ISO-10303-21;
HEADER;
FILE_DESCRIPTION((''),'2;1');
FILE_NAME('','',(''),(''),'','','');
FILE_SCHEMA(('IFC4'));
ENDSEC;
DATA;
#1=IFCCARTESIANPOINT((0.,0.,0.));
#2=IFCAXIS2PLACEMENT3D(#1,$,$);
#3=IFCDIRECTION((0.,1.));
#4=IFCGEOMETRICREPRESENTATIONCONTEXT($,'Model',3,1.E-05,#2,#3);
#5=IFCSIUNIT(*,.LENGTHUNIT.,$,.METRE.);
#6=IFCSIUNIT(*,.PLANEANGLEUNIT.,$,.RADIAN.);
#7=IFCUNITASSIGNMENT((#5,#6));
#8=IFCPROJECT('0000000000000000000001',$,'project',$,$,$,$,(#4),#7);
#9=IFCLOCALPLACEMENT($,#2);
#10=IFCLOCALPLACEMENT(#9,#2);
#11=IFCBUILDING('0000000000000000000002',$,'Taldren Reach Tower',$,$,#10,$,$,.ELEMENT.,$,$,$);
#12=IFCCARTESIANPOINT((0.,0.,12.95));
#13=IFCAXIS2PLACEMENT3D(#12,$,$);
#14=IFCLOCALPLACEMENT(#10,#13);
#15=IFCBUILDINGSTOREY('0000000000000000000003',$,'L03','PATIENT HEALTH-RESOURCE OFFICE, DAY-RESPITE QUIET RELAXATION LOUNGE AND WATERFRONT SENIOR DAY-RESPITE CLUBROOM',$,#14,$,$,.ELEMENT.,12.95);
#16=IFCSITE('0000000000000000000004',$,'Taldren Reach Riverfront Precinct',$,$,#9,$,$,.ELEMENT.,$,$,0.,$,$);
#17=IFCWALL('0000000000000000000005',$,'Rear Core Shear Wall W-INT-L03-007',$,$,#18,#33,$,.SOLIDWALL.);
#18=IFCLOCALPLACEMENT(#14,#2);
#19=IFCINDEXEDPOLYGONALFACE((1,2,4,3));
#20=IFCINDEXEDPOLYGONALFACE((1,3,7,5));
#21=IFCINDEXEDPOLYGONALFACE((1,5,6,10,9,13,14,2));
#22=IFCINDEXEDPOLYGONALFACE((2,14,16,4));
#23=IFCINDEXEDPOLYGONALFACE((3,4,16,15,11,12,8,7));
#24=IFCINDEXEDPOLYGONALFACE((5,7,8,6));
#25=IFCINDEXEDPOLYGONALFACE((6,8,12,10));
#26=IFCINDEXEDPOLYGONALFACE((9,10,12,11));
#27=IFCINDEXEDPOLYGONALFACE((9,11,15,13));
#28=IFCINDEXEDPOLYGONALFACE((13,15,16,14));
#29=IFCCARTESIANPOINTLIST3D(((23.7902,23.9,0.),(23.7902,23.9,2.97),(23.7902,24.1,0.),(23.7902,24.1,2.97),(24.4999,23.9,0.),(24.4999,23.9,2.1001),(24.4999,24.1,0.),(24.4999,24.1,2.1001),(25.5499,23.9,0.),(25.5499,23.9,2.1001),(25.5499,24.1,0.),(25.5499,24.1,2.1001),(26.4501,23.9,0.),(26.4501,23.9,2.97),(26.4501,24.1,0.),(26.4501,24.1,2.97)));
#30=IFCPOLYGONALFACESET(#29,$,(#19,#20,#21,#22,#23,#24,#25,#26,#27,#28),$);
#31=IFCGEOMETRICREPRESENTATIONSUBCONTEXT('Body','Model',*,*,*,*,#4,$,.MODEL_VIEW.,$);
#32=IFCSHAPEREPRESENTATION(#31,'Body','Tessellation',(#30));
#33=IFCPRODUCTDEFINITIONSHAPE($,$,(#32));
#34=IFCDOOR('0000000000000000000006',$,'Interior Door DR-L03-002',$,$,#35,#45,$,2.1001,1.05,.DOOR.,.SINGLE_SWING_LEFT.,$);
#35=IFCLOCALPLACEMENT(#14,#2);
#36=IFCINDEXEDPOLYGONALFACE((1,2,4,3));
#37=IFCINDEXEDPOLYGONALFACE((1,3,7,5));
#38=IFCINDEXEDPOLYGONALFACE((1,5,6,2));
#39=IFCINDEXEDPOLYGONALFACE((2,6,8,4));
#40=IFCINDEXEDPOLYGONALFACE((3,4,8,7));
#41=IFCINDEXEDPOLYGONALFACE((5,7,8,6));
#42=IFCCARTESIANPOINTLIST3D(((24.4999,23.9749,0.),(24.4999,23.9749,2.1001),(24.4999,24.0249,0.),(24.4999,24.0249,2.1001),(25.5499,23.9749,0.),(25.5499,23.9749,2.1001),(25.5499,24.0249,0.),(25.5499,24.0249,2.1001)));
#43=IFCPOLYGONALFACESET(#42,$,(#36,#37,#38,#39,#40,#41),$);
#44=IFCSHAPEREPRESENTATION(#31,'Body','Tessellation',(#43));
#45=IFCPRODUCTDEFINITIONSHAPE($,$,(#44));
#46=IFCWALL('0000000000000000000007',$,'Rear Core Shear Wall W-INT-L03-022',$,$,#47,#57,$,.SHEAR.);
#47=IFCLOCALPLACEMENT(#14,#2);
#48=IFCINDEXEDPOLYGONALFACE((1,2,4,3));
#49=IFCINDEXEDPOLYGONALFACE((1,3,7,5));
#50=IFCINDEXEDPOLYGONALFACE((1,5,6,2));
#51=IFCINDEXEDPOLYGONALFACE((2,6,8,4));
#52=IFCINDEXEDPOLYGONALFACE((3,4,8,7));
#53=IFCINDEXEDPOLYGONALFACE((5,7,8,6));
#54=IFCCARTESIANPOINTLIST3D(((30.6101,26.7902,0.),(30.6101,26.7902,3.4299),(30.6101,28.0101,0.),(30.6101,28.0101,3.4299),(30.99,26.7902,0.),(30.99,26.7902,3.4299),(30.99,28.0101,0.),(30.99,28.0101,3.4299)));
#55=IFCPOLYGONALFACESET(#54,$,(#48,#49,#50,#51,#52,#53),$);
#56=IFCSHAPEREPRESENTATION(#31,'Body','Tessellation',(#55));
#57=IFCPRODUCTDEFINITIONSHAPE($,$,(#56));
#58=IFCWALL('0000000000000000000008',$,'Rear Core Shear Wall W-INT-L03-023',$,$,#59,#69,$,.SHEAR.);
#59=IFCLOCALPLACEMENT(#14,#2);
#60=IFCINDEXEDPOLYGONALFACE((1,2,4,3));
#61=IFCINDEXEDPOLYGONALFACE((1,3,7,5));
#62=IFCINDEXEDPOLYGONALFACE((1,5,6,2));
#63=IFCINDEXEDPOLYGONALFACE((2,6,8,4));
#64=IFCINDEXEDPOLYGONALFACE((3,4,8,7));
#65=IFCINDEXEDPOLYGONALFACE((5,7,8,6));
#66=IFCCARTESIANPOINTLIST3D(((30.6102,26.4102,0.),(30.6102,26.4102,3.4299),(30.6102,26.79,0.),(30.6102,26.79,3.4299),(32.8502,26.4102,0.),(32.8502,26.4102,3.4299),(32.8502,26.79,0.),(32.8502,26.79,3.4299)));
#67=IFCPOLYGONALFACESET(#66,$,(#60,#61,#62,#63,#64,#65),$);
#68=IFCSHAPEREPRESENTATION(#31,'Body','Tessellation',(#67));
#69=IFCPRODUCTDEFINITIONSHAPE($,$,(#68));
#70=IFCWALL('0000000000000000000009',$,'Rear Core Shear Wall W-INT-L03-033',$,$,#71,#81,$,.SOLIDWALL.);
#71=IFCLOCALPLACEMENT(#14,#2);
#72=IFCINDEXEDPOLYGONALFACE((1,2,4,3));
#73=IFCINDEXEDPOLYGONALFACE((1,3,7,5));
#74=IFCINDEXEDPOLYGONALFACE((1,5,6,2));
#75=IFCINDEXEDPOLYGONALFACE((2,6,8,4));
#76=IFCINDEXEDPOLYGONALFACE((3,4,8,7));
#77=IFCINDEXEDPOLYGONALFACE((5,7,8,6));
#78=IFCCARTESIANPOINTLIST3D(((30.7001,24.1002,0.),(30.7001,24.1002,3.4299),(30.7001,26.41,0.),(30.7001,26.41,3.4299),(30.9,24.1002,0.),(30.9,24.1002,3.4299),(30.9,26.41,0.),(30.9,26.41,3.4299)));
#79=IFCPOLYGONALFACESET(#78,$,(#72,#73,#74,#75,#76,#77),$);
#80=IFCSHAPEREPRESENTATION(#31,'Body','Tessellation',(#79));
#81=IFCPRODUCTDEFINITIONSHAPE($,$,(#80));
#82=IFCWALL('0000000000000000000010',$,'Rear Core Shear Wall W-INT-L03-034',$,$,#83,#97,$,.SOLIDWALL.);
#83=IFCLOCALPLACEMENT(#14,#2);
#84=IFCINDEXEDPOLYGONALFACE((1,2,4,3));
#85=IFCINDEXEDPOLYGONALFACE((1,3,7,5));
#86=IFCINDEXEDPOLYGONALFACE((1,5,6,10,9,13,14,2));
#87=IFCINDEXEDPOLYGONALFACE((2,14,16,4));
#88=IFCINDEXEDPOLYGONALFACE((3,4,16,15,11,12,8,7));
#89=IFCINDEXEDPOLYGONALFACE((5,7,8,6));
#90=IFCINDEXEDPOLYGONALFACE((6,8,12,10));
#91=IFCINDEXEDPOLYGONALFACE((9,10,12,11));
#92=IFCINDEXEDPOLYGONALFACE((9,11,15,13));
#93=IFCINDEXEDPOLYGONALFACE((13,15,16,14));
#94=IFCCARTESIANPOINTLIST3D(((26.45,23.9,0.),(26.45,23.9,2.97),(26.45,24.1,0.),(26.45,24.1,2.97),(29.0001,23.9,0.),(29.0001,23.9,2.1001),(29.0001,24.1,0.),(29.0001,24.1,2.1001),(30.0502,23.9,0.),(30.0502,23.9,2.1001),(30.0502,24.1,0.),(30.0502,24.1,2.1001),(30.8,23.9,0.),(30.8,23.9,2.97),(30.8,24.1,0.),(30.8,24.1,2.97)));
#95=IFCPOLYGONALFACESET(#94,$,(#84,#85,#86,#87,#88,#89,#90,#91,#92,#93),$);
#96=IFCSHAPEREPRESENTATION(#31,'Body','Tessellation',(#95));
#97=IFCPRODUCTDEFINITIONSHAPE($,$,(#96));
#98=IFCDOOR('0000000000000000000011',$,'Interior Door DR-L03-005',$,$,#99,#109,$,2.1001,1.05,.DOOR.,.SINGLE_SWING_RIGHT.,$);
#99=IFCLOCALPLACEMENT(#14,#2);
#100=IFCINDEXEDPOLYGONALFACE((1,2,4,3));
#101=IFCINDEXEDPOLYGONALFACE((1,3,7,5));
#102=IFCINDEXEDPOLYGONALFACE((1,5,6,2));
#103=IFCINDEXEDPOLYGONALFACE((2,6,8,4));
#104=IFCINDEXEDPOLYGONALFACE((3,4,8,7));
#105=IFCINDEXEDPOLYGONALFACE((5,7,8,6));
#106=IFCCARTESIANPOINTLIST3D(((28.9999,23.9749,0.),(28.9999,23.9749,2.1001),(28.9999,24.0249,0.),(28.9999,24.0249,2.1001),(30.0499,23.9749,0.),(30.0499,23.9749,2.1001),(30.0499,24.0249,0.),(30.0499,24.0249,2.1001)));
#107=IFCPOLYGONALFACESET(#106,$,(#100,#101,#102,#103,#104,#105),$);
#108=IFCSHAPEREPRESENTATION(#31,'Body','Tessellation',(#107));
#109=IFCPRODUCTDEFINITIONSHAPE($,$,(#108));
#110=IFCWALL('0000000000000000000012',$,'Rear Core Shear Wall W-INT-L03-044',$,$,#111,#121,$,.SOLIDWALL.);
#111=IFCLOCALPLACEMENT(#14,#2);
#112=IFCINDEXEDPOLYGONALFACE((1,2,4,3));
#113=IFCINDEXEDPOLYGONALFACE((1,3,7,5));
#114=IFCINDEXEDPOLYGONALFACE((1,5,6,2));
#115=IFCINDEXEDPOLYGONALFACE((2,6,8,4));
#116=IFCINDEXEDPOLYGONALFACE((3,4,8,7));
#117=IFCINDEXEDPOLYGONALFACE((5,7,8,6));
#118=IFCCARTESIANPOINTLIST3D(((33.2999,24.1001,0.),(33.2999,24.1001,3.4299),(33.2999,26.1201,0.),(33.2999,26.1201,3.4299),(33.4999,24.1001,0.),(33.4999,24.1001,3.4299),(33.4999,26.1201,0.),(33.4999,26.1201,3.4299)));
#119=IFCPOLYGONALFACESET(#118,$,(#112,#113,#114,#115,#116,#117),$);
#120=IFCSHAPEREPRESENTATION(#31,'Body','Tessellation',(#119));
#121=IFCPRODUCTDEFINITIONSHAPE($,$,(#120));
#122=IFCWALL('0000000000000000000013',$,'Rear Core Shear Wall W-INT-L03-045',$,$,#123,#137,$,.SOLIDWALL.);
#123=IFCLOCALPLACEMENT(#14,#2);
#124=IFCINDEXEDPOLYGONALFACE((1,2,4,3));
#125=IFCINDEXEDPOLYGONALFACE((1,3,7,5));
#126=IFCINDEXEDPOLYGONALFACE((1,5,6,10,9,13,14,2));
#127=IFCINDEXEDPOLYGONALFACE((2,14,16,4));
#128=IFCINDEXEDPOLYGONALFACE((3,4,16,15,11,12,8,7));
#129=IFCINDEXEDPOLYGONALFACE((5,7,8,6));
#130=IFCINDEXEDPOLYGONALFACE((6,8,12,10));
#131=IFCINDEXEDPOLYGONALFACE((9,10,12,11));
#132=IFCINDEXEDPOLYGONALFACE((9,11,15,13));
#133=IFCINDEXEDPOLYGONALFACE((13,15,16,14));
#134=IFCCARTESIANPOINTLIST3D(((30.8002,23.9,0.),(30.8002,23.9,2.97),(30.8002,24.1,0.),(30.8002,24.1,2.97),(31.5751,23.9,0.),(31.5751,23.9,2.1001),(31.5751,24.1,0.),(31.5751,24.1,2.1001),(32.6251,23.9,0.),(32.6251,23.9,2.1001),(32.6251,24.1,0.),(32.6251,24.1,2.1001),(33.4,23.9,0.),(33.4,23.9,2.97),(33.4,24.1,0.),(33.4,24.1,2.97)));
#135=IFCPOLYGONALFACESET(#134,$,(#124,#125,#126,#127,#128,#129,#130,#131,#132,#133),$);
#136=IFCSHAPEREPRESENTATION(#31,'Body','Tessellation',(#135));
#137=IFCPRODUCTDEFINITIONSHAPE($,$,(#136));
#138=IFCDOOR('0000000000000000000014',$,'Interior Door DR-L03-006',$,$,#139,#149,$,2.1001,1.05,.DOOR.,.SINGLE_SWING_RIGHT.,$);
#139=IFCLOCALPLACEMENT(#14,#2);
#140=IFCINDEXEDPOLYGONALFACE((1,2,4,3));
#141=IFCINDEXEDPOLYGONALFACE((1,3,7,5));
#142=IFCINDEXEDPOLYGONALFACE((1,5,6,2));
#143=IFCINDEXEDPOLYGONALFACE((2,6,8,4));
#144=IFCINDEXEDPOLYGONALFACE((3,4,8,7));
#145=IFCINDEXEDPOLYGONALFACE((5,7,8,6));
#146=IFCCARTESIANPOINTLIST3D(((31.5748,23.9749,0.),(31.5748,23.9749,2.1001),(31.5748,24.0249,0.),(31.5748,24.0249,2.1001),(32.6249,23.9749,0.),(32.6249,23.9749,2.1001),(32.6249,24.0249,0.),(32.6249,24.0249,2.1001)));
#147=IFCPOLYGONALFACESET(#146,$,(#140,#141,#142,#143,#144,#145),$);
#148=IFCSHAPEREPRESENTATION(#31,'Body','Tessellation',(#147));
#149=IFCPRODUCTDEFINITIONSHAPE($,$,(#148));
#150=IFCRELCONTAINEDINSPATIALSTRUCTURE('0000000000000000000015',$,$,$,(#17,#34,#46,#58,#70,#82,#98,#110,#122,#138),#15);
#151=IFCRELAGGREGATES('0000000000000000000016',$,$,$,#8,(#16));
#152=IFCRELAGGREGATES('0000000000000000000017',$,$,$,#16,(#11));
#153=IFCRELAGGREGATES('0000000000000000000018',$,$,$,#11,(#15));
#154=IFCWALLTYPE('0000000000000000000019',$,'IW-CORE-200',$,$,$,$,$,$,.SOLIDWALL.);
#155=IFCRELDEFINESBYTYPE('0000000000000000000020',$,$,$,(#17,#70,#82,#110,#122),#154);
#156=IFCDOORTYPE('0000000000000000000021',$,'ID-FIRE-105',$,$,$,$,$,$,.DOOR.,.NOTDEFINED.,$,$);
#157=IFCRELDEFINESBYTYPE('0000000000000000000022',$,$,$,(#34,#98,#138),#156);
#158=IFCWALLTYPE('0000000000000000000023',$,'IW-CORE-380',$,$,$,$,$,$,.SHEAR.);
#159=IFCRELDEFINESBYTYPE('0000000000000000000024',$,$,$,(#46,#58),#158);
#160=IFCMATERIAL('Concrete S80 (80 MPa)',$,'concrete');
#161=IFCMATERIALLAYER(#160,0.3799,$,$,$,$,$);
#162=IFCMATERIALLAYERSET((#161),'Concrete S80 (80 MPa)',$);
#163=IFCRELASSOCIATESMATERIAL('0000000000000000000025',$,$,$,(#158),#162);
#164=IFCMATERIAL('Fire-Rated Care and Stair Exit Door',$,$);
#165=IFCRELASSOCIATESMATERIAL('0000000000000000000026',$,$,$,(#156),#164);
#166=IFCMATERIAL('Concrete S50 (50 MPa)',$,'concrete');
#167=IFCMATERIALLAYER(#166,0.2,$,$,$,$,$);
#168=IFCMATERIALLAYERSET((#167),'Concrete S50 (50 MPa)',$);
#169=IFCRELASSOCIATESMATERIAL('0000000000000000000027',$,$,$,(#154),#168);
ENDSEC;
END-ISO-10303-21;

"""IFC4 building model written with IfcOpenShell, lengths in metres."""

from ifc_helpers import new_model, si_unit, direction, frame, frame_2d, origin, place, context, subcontext, project, spatial, rectangle, extrude, source, transform, mapped, material, layer, layer_set, type_object, element, fill, save


model = new_model("IFC4")

# Units and contexts
model_context = context("Model", 3, precision=1e-05, world=origin(), true_north=direction((0.0, 1.0)))
body_context = subcontext(model_context, "Body", "Model", "MODEL_VIEW")
ifc_project = project(units=[si_unit("LENGTHUNIT", "METRE"), si_unit("PLANEANGLEUNIT", "RADIAN")], contexts=[model_context])

# Site, building, storey
site_placement = place(None, origin())
site = spatial("IfcSite", under=ifc_project, at=site_placement, Name="Taldren Reach Riverfront Precinct", CompositionType="ELEMENT", RefElevation=0.0)
building_placement = place(site_placement, origin())
building = spatial("IfcBuilding", under=site, at=building_placement, Name="Taldren Reach Tower", CompositionType="ELEMENT")
storey_placement = place(building_placement, frame((0.0, 0.0, 12.95)))
storey = spatial("IfcBuildingStorey", under=building, at=storey_placement, Name="L03", Description="PATIENT HEALTH-RESOURCE OFFICE, DAY-RESPITE QUIET RELAXATION LOUNGE AND WATERFRONT SENIOR DAY-RESPITE CLUBROOM", CompositionType="ELEMENT", Elevation=12.95)

# Shared definitions
ifc_material_1 = material(Name="Concrete S80 (80 MPa)", Category="concrete")
ifc_layer_1 = layer(ifc_material_1, 0.3799)
ifc_layer_set_1 = layer_set([ifc_layer_1], Name="Concrete S80 (80 MPa)")
wall_type_1 = type_object("IfcWallType", Name="IW-CORE-380", PredefinedType="SHEAR", material=ifc_layer_set_1)

# Shared definitions
ifc_material_2 = material(Name="Fire-Rated Care and Stair Exit Door")
door_type = type_object("IfcDoorType", Name="ID-FIRE-105", OperationType="NOTDEFINED", PredefinedType="DOOR", material=ifc_material_2)
shared_shape_1 = source(origin(), body_context, "Body", "SweptSolid", [
    extrude(rectangle(XDim=1.05, YDim=2.1001, at=frame_2d((0.5249, 1.05))), frame((0.0, 0.0249, 0.0), z_axis=(0.0, -1.0, 0.0), x_axis=(1.0, 0.0, 0.0)), (0.0, 0.0, 1.0), 0.05),
])

# Shared definitions
ifc_material_3 = material(Name="Concrete S50 (50 MPa)", Category="concrete")
ifc_layer_2 = layer(ifc_material_3, 0.2)
ifc_layer_set_2 = layer_set([ifc_layer_2], Name="Concrete S50 (50 MPa)")
wall_type_2 = type_object("IfcWallType", Name="IW-CORE-200", PredefinedType="SOLIDWALL", material=ifc_layer_set_2)

# Wall, opening, door
shared_shape_2 = source(origin(), body_context, "Body", "SweptSolid", [
    extrude(rectangle(XDim=2.6599, YDim=0.2, at=frame_2d((1.3301, 0.0))), origin(), (0.0, 0.0, 1.0), 2.97),
])
wall_1_placement = place(storey_placement, frame((23.79, 24.0, 0.0), z_axis=(0.0, 0.0, 1.0), x_axis=(1.0, 0.0, 0.0)))
wall_1 = element("IfcWall", 1, at=wall_1_placement, inside=storey, type_object=wall_type_2, Name="Rear Core Shear Wall W-INT-L03-007", PredefinedType="SOLIDWALL", context=body_context, shape_type="MappedRepresentation", body=[
    mapped(shared_shape_2, transform((0.0, 0.0, 0.0), scale=1.0)),
])
shared_shape_3 = source(origin(), body_context, "Body", "SweptSolid", [
    extrude(rectangle(XDim=1.05, YDim=2.1001, at=frame_2d((0.5249, 1.05))), frame((0.0, 0.1099, 0.0), z_axis=(0.0, -1.0, 0.0), x_axis=(1.0, 0.0, 0.0)), (0.0, 0.0, 1.0), 0.22),
])
opening_1_placement = place(wall_1_placement, frame((0.71, 0.0, 0.0)))
opening_1 = element("IfcOpeningElement", 2, at=opening_1_placement, cuts=wall_1, PredefinedType="OPENING", context=body_context, shape_type="MappedRepresentation", body=[
    mapped(shared_shape_3, transform((0.0, 0.0, 0.0), scale=1.0)),
])
door_1_placement = place(opening_1_placement, origin())
door_1 = element("IfcDoor", 3, at=door_1_placement, inside=storey, type_object=door_type, Name="Interior Door DR-L03-002", OperationType="SINGLE_SWING_LEFT", OverallHeight=2.1001, OverallWidth=1.05, PredefinedType="DOOR", context=body_context, shape_type="MappedRepresentation", body=[
    mapped(shared_shape_1, transform((0.0, 0.0, 0.0), scale=1.0)),
])
fill(opening_1, door_1)

# Walls
shared_shape_4 = source(origin(), body_context, "Body", "SweptSolid", [
    extrude(rectangle(XDim=1.22, YDim=0.3799, at=frame_2d((0.6099, 0.0))), origin(), (0.0, 0.0, 1.0), 3.4299),
])
wall_2_placement = place(storey_placement, frame((30.8, 28.01, 0.0), z_axis=(0.0, 0.0, 1.0), x_axis=(0.0, -1.0, 0.0)))
element("IfcWall", 4, at=wall_2_placement, inside=storey, type_object=wall_type_1, Name="Rear Core Shear Wall W-INT-L03-022", PredefinedType="SHEAR", context=body_context, shape_type="MappedRepresentation", body=[
    mapped(shared_shape_4, transform((0.0, 0.0, 0.0), scale=1.0)),
])
shared_shape_5 = source(origin(), body_context, "Body", "SweptSolid", [
    extrude(rectangle(XDim=2.24, YDim=0.3799, at=frame_2d((1.1201, 0.0))), origin(), (0.0, 0.0, 1.0), 3.4299),
])
wall_3_placement = place(storey_placement, frame((30.6101, 26.6001, 0.0), z_axis=(0.0, 0.0, 1.0), x_axis=(1.0, 0.0, 0.0)))
element("IfcWall", 5, at=wall_3_placement, inside=storey, type_object=wall_type_1, Name="Rear Core Shear Wall W-INT-L03-023", PredefinedType="SHEAR", context=body_context, shape_type="MappedRepresentation", body=[
    mapped(shared_shape_5, transform((0.0, 0.0, 0.0), scale=1.0)),
])
shared_shape_6 = source(origin(), body_context, "Body", "SweptSolid", [
    extrude(rectangle(XDim=2.3098, YDim=0.2, at=frame_2d((1.1548, 0.0))), origin(), (0.0, 0.0, 1.0), 3.4299),
])
wall_4_placement = place(storey_placement, frame((30.8, 26.4099, 0.0), z_axis=(0.0, 0.0, 1.0), x_axis=(0.0, -1.0, 0.0)))
element("IfcWall", 6, at=wall_4_placement, inside=storey, type_object=wall_type_2, Name="Rear Core Shear Wall W-INT-L03-033", PredefinedType="SOLIDWALL", context=body_context, shape_type="MappedRepresentation", body=[
    mapped(shared_shape_6, transform((0.0, 0.0, 0.0), scale=1.0)),
])

# Wall, opening, door
shared_shape_7 = source(origin(), body_context, "Body", "SweptSolid", [
    extrude(rectangle(XDim=4.3501, YDim=0.2, at=frame_2d((2.175, 0.0))), origin(), (0.0, 0.0, 1.0), 2.97),
])
wall_5_placement = place(storey_placement, frame((30.8, 24.0, 0.0), z_axis=(0.0, 0.0, 1.0), x_axis=(-1.0, 0.0, 0.0)))
wall_5 = element("IfcWall", 7, at=wall_5_placement, inside=storey, type_object=wall_type_2, Name="Rear Core Shear Wall W-INT-L03-034", PredefinedType="SOLIDWALL", context=body_context, shape_type="MappedRepresentation", body=[
    mapped(shared_shape_7, transform((0.0, 0.0, 0.0), scale=1.0)),
])
opening_2_placement = place(wall_5_placement, frame((0.75, 0.0, 0.0)))
opening_2 = element("IfcOpeningElement", 8, at=opening_2_placement, cuts=wall_5, PredefinedType="OPENING", context=body_context, shape_type="MappedRepresentation", body=[
    mapped(shared_shape_3, transform((0.0, 0.0, 0.0), scale=1.0)),
])
door_2_placement = place(opening_2_placement, frame((1.05, 0.0, 0.0), z_axis=(0.0, 0.0, 1.0), x_axis=(-1.0, 0.0, 0.0)))
door_2 = element("IfcDoor", 9, at=door_2_placement, inside=storey, type_object=door_type, Name="Interior Door DR-L03-005", OperationType="SINGLE_SWING_RIGHT", OverallHeight=2.1001, OverallWidth=1.05, PredefinedType="DOOR", context=body_context, shape_type="MappedRepresentation", body=[
    mapped(shared_shape_1, transform((0.0, 0.0, 0.0), scale=1.0)),
])
fill(opening_2, door_2)

# Wall
shared_shape_8 = source(origin(), body_context, "Body", "SweptSolid", [
    extrude(rectangle(XDim=2.02, YDim=0.2, at=frame_2d((1.01, 0.0))), origin(), (0.0, 0.0, 1.0), 3.4299),
])
wall_6_placement = place(storey_placement, frame((33.3999, 26.1201, 0.0), z_axis=(0.0, 0.0, 1.0), x_axis=(0.0, -1.0, 0.0)))
element("IfcWall", 10, at=wall_6_placement, inside=storey, type_object=wall_type_2, Name="Rear Core Shear Wall W-INT-L03-044", PredefinedType="SOLIDWALL", context=body_context, shape_type="MappedRepresentation", body=[
    mapped(shared_shape_8, transform((0.0, 0.0, 0.0), scale=1.0)),
])

# Wall, opening, door
shared_shape_9 = source(origin(), body_context, "Body", "SweptSolid", [
    extrude(rectangle(XDim=2.5999, YDim=0.2, at=frame_2d((1.2998, 0.0))), origin(), (0.0, 0.0, 1.0), 2.97),
])
wall_7_placement = place(storey_placement, frame((33.3999, 24.0, 0.0), z_axis=(0.0, 0.0, 1.0), x_axis=(-1.0, 0.0, 0.0)))
wall_7 = element("IfcWall", 11, at=wall_7_placement, inside=storey, type_object=wall_type_2, Name="Rear Core Shear Wall W-INT-L03-045", PredefinedType="SOLIDWALL", context=body_context, shape_type="MappedRepresentation", body=[
    mapped(shared_shape_9, transform((0.0, 0.0, 0.0), scale=1.0)),
])
opening_3_placement = place(wall_7_placement, frame((0.7749, 0.0, 0.0)))
opening_3 = element("IfcOpeningElement", 12, at=opening_3_placement, cuts=wall_7, PredefinedType="OPENING", context=body_context, shape_type="MappedRepresentation", body=[
    mapped(shared_shape_3, transform((0.0, 0.0, 0.0), scale=1.0)),
])
door_3_placement = place(opening_3_placement, frame((1.05, 0.0, 0.0), z_axis=(0.0, 0.0, 1.0), x_axis=(-1.0, 0.0, 0.0)))
door_3 = element("IfcDoor", 13, at=door_3_placement, inside=storey, type_object=door_type, Name="Interior Door DR-L03-006", OperationType="SINGLE_SWING_RIGHT", OverallHeight=2.1001, OverallWidth=1.05, PredefinedType="DOOR", context=body_context, shape_type="MappedRepresentation", body=[
    mapped(shared_shape_1, transform((0.0, 0.0, 0.0), scale=1.0)),
])
fill(opening_3, door_3)

save(model, "model.ifc")
